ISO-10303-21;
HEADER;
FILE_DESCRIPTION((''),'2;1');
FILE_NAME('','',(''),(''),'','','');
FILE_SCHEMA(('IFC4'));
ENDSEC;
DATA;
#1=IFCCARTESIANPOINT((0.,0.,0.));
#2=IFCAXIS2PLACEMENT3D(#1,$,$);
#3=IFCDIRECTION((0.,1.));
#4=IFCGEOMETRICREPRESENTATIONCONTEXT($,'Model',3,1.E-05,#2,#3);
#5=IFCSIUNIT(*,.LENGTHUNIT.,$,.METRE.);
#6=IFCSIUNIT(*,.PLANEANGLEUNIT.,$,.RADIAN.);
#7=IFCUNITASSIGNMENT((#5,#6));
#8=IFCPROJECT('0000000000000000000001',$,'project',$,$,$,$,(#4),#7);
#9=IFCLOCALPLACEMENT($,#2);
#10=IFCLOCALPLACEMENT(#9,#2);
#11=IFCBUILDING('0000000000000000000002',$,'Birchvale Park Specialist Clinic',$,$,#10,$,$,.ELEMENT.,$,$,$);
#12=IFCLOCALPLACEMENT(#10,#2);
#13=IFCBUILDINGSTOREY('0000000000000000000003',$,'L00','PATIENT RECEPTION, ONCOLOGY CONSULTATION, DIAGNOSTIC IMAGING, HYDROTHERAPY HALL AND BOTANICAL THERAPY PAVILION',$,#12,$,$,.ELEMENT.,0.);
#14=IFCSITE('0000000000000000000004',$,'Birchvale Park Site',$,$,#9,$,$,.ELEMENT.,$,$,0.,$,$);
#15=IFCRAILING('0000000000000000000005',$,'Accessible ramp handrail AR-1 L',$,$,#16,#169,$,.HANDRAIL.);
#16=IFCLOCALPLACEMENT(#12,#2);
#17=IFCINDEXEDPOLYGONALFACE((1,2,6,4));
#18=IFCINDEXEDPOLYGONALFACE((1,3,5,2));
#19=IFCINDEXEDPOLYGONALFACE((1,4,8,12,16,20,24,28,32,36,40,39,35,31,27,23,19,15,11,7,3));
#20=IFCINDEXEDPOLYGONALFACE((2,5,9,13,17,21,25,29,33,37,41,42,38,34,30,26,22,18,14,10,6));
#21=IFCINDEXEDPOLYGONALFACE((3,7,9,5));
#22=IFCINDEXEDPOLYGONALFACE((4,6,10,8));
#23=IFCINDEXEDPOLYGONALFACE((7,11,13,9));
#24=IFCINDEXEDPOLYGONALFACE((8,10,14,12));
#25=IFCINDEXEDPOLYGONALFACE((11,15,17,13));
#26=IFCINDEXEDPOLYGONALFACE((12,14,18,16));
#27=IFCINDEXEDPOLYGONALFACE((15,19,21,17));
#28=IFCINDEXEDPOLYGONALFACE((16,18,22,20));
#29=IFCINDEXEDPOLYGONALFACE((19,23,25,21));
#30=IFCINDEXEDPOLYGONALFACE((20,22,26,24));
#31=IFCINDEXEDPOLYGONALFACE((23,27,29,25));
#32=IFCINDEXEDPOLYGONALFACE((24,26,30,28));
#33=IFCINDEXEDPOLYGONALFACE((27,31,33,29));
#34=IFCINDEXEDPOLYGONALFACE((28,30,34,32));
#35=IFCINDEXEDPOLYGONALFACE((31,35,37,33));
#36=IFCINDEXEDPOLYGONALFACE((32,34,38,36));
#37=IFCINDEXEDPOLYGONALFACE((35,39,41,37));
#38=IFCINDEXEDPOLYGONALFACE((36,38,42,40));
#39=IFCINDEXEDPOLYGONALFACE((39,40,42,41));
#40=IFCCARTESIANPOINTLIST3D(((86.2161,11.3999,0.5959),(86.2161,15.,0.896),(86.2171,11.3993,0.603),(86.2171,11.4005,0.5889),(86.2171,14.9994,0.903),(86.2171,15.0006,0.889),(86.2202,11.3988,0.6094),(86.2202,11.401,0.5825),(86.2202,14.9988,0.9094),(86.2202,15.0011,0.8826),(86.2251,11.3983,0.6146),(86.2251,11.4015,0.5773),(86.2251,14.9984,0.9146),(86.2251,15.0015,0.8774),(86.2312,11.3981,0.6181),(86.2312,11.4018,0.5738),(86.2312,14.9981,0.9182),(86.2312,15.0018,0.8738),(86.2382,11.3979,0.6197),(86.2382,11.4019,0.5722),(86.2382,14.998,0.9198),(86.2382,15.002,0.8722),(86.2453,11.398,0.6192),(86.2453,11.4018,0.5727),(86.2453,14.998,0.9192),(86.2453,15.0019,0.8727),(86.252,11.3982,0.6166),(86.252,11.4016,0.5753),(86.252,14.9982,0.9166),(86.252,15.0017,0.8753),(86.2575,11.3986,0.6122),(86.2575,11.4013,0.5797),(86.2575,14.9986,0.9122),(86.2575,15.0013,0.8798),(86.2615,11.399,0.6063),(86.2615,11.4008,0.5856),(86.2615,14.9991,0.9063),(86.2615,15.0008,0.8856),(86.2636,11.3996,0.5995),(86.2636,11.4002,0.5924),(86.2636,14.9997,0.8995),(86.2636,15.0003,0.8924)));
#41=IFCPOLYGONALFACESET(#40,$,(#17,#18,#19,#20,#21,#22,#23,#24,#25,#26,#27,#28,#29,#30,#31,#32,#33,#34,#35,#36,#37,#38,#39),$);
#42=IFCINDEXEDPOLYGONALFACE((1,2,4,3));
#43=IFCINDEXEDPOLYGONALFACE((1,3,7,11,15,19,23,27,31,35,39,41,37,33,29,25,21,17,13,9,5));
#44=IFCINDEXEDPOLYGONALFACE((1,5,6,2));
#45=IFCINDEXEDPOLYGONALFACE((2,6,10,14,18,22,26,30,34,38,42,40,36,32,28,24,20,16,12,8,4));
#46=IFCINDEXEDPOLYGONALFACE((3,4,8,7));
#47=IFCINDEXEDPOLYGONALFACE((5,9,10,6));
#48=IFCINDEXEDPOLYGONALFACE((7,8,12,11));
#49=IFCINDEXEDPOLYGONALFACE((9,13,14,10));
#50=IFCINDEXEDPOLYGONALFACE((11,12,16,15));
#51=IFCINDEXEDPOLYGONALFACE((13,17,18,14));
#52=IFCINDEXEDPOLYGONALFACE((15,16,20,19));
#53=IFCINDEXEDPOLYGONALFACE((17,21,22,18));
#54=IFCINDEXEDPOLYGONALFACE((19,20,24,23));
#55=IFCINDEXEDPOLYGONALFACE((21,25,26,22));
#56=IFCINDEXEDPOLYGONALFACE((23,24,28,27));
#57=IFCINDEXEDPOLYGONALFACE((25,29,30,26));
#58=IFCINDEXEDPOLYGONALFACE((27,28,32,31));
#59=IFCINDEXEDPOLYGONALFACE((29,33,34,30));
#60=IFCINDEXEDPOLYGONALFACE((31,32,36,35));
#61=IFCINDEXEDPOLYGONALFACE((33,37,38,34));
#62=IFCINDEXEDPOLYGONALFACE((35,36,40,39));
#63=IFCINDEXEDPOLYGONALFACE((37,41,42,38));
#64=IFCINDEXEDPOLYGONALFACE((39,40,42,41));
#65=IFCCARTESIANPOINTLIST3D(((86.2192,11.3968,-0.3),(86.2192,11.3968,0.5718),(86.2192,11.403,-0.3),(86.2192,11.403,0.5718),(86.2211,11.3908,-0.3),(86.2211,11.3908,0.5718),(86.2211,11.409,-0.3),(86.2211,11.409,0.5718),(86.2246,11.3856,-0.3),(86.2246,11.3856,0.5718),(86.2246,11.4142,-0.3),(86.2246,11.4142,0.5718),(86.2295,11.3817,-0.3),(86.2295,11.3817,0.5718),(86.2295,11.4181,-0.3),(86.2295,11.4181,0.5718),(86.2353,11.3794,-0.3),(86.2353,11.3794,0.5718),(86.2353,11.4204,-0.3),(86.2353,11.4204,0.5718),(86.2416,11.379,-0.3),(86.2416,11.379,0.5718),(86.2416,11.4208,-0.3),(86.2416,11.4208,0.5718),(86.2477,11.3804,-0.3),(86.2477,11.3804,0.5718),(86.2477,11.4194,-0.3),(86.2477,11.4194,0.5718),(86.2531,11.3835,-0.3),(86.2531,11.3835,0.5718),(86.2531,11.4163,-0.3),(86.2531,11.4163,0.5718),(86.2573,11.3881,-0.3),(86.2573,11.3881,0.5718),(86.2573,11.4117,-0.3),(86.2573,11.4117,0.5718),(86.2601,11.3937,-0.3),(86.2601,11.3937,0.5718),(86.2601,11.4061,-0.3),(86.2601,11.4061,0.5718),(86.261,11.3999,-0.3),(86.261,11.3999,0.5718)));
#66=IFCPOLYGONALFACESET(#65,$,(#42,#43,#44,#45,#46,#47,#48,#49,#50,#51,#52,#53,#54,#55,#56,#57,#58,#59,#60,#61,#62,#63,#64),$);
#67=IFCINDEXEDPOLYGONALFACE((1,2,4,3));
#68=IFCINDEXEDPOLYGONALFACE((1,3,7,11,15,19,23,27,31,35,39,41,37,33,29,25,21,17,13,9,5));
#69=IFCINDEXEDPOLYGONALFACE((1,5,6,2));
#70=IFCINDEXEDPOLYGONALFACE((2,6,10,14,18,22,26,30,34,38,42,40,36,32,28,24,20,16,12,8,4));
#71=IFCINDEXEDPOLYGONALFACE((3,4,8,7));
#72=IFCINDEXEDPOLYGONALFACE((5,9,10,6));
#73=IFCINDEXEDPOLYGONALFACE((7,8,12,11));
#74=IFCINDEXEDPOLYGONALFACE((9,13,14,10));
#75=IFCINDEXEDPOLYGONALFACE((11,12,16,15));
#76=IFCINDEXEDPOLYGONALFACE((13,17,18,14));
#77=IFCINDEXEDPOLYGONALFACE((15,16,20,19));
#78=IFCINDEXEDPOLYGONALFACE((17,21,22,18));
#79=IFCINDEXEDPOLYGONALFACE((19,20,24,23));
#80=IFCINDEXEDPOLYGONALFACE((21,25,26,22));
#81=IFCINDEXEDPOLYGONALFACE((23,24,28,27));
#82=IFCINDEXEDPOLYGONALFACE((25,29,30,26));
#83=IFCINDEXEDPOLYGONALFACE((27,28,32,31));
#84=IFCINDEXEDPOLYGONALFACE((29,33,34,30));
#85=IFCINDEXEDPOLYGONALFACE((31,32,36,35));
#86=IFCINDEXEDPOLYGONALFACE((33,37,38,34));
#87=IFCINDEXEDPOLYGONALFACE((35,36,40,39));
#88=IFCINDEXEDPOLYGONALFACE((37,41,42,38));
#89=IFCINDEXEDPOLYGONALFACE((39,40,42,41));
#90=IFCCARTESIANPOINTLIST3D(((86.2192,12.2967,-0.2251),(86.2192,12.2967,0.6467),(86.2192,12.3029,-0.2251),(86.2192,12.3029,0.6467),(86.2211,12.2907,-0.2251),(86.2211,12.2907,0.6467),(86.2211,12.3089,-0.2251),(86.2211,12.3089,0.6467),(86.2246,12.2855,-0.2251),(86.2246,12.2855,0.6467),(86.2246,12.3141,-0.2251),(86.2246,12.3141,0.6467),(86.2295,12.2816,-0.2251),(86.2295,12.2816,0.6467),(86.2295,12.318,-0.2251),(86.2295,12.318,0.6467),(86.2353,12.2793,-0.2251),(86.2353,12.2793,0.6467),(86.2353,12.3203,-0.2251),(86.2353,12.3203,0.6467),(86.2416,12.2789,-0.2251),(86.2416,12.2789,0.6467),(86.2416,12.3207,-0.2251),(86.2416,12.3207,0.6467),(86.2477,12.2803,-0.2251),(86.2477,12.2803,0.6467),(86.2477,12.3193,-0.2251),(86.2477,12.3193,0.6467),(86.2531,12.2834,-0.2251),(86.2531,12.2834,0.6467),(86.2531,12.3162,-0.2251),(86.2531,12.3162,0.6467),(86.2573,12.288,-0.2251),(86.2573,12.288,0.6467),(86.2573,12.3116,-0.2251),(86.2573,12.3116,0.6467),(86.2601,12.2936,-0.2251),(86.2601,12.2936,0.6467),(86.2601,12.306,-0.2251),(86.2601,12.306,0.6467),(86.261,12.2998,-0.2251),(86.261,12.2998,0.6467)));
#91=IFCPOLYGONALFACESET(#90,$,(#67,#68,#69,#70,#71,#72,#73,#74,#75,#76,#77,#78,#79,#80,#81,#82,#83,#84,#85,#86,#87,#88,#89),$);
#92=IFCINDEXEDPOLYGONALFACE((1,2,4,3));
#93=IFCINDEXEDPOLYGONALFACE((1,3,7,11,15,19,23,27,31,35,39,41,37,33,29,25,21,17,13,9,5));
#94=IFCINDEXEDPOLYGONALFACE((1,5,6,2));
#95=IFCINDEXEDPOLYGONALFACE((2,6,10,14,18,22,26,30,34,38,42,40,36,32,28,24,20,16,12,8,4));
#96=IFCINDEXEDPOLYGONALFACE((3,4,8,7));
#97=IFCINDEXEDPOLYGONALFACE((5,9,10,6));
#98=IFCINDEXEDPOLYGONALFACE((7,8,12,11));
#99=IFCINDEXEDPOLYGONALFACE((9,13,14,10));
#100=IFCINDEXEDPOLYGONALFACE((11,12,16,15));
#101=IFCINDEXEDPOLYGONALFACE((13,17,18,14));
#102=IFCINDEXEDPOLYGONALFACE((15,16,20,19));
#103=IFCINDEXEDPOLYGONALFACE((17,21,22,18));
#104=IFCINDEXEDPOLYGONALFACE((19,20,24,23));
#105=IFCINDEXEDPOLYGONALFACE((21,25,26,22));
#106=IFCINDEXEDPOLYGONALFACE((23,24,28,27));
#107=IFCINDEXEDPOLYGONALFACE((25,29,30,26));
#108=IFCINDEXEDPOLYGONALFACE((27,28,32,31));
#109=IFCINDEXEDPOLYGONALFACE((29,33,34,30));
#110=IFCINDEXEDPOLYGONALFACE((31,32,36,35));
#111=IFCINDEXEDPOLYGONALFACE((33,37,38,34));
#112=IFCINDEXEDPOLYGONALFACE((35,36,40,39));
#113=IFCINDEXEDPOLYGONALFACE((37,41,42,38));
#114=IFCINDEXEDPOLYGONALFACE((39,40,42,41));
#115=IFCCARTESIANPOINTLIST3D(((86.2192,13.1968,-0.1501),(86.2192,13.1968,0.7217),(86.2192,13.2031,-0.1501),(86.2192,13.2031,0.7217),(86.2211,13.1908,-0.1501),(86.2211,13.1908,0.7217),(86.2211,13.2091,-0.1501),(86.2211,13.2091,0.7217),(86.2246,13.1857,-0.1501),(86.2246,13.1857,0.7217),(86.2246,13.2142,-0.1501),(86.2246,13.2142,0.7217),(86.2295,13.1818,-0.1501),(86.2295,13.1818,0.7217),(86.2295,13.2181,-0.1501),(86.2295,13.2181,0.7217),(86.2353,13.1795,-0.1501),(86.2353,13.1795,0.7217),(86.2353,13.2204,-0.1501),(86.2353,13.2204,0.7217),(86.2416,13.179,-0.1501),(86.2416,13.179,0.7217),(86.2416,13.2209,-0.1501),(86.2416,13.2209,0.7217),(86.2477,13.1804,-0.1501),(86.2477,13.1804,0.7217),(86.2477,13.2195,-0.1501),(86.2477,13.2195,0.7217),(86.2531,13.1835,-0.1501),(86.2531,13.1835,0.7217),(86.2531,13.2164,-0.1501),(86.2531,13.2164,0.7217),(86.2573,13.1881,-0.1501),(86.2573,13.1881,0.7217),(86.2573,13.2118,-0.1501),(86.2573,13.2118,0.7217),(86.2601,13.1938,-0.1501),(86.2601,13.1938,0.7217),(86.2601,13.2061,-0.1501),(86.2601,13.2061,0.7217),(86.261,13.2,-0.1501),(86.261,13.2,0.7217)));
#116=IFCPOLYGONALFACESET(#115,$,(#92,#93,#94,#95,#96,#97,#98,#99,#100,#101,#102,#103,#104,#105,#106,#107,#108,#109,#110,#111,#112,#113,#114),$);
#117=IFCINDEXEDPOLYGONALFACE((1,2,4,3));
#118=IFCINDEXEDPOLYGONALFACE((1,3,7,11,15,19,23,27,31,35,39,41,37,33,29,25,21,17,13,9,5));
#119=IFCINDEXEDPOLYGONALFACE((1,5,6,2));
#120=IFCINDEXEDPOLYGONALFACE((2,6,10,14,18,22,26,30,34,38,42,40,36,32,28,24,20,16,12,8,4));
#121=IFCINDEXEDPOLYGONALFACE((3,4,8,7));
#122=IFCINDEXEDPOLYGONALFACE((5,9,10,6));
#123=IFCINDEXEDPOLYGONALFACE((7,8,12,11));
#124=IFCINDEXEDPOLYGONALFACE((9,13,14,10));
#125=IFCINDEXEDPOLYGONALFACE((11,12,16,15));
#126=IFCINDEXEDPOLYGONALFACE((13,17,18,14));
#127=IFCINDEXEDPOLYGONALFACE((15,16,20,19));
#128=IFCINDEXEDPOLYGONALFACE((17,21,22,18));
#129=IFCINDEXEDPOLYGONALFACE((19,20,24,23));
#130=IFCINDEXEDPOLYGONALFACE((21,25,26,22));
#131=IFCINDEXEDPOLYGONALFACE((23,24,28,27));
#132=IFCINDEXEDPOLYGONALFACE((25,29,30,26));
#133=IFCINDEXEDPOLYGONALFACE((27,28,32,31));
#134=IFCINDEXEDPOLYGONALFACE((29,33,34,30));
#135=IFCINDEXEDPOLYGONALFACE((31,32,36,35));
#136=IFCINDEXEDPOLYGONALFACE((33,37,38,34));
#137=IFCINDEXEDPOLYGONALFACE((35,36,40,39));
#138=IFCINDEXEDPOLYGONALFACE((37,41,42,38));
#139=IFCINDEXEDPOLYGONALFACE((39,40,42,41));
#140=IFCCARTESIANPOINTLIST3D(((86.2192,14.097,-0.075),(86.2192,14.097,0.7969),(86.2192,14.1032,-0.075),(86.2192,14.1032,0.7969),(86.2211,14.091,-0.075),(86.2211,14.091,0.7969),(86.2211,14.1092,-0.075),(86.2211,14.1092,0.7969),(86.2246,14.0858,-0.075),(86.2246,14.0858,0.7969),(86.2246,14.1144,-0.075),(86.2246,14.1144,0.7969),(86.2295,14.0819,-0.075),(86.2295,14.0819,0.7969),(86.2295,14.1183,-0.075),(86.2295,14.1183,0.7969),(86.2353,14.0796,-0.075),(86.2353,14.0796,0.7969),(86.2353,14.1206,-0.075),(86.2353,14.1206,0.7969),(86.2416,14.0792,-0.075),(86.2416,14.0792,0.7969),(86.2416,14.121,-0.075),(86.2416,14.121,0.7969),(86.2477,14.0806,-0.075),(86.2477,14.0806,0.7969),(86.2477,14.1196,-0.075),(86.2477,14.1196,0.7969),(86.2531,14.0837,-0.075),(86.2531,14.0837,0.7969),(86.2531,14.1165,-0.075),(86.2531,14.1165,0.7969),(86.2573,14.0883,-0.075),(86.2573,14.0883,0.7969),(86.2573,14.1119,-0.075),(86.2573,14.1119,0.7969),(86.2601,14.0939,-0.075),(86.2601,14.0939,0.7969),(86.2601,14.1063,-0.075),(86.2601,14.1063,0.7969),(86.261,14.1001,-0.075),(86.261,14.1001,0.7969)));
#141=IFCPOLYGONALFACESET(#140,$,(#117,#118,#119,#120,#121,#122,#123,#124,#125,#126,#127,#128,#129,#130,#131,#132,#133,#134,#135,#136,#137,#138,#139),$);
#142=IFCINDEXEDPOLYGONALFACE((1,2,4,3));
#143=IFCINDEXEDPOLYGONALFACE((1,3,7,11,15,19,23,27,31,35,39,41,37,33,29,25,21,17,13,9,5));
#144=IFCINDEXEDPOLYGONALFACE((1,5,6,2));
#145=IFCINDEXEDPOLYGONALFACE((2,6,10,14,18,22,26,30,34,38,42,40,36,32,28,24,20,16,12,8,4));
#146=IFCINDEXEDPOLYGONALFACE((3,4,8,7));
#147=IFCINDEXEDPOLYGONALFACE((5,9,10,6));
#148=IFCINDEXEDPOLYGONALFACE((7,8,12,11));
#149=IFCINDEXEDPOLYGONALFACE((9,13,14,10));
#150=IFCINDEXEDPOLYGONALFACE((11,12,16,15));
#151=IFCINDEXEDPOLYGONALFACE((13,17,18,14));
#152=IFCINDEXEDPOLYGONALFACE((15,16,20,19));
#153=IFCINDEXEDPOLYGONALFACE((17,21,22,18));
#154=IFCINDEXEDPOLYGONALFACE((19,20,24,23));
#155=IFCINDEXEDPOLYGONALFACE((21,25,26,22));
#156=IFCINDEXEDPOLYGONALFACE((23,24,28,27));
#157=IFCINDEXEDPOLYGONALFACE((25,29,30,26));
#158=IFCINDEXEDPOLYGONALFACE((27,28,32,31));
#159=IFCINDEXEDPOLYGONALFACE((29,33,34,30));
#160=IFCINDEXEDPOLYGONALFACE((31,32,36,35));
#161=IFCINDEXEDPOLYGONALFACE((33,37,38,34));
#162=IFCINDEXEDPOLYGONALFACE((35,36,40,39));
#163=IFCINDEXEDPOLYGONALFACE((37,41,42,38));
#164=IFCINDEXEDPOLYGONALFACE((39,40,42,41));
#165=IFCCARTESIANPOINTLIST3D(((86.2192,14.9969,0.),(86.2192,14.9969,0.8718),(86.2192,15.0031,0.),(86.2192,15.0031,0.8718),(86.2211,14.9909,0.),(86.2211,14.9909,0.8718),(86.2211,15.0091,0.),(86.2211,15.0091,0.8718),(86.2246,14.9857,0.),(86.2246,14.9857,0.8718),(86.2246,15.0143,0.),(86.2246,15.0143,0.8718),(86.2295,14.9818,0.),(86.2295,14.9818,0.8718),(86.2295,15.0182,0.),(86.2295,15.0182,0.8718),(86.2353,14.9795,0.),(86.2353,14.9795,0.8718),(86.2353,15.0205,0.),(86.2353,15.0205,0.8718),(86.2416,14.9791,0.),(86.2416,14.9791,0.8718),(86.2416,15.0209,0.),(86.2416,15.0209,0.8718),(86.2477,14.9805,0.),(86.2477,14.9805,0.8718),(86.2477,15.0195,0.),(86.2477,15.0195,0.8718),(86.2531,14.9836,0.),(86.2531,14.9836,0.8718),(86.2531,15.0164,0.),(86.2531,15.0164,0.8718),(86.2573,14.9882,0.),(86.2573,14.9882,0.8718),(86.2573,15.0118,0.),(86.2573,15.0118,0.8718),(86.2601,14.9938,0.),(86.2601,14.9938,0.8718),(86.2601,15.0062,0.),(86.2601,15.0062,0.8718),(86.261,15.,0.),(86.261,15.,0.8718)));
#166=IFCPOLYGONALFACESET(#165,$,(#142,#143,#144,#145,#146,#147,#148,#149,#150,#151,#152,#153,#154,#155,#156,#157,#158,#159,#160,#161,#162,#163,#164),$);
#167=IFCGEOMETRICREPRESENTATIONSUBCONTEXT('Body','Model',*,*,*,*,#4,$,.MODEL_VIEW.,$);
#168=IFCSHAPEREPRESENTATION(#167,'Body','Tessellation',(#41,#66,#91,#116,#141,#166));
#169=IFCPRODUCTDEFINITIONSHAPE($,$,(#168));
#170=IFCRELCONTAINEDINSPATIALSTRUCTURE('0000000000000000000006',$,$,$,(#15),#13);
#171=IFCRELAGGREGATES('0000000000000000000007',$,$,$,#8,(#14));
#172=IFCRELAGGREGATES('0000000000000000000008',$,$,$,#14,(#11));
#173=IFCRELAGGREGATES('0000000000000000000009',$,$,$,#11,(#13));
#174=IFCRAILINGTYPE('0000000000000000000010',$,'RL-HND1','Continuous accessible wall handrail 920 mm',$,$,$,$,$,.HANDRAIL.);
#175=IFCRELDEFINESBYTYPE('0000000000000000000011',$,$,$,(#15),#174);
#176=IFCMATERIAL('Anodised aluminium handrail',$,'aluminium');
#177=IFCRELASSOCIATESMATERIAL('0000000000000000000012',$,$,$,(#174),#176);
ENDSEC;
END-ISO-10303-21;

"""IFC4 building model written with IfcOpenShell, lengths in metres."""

from ifc_helpers import new_model, si_unit, direction, frame, origin, origin_2d, place, context, subcontext, project, spatial, circle, extrude, material, type_object, element, save


model = new_model("IFC4")

# Units and contexts
model_context = context("Model", 3, precision=1e-05, world=origin(), true_north=direction((0.0, 1.0)))
body_context = subcontext(model_context, "Body", "Model", "MODEL_VIEW")
ifc_project = project(units=[si_unit("LENGTHUNIT", "METRE"), si_unit("PLANEANGLEUNIT", "RADIAN")], contexts=[model_context])

# Site, building, storey
site_placement = place(None, origin())
site = spatial("IfcSite", under=ifc_project, at=site_placement, Name="Birchvale Park Site", CompositionType="ELEMENT", RefElevation=0.0)
building_placement = place(site_placement, origin())
building = spatial("IfcBuilding", under=site, at=building_placement, Name="Birchvale Park Specialist Clinic", CompositionType="ELEMENT")
storey_placement = place(building_placement, origin())
storey = spatial("IfcBuildingStorey", under=building, at=storey_placement, Name="L00", Description="PATIENT RECEPTION, ONCOLOGY CONSULTATION, DIAGNOSTIC IMAGING, HYDROTHERAPY HALL AND BOTANICAL THERAPY PAVILION", CompositionType="ELEMENT", Elevation=0.0)

# Railing
ifc_material_1 = material(Name="Anodised aluminium handrail", Category="aluminium")
railing_type = type_object("IfcRailingType", Name="RL-HND1", Description="Continuous accessible wall handrail 920 mm", PredefinedType="HANDRAIL", material=ifc_material_1)
for number, where, name in (
    (1, (86.24, 11.3999, -0.3), "Accessible ramp handrail AR-1 L"),
):
    element("IfcRailing", number, at=place(storey_placement, frame(where)), inside=storey, type_object=railing_type, Name=name, PredefinedType="HANDRAIL", context=body_context, shape_type="SweptSolid", body=[
        extrude(circle(Radius=0.0239, at=origin_2d()), frame((0.0, 0.0, 0.896), z_axis=(0.0, 0.996545, 0.083057), x_axis=(-1.0, 0.0, 0.0)), (0.0, 0.0, 1.0), 3.6125),
        extrude(circle(Radius=0.021, at=origin_2d()), origin(), (0.0, 0.0, 1.0), 0.8718),
        extrude(circle(Radius=0.021, at=origin_2d()), frame((0.0, 0.8999, 0.075)), (0.0, 0.0, 1.0), 0.8718),
        extrude(circle(Radius=0.021, at=origin_2d()), frame((0.0, 1.8, 0.1499)), (0.0, 0.0, 1.0), 0.8718),
        extrude(circle(Radius=0.021, at=origin_2d()), frame((0.0, 2.7002, 0.2251)), (0.0, 0.0, 1.0), 0.8718),
        extrude(circle(Radius=0.021, at=origin_2d()), frame((0.0, 3.6001, 0.3)), (0.0, 0.0, 1.0), 0.8718),
    ])

save(model, "model.ifc")
